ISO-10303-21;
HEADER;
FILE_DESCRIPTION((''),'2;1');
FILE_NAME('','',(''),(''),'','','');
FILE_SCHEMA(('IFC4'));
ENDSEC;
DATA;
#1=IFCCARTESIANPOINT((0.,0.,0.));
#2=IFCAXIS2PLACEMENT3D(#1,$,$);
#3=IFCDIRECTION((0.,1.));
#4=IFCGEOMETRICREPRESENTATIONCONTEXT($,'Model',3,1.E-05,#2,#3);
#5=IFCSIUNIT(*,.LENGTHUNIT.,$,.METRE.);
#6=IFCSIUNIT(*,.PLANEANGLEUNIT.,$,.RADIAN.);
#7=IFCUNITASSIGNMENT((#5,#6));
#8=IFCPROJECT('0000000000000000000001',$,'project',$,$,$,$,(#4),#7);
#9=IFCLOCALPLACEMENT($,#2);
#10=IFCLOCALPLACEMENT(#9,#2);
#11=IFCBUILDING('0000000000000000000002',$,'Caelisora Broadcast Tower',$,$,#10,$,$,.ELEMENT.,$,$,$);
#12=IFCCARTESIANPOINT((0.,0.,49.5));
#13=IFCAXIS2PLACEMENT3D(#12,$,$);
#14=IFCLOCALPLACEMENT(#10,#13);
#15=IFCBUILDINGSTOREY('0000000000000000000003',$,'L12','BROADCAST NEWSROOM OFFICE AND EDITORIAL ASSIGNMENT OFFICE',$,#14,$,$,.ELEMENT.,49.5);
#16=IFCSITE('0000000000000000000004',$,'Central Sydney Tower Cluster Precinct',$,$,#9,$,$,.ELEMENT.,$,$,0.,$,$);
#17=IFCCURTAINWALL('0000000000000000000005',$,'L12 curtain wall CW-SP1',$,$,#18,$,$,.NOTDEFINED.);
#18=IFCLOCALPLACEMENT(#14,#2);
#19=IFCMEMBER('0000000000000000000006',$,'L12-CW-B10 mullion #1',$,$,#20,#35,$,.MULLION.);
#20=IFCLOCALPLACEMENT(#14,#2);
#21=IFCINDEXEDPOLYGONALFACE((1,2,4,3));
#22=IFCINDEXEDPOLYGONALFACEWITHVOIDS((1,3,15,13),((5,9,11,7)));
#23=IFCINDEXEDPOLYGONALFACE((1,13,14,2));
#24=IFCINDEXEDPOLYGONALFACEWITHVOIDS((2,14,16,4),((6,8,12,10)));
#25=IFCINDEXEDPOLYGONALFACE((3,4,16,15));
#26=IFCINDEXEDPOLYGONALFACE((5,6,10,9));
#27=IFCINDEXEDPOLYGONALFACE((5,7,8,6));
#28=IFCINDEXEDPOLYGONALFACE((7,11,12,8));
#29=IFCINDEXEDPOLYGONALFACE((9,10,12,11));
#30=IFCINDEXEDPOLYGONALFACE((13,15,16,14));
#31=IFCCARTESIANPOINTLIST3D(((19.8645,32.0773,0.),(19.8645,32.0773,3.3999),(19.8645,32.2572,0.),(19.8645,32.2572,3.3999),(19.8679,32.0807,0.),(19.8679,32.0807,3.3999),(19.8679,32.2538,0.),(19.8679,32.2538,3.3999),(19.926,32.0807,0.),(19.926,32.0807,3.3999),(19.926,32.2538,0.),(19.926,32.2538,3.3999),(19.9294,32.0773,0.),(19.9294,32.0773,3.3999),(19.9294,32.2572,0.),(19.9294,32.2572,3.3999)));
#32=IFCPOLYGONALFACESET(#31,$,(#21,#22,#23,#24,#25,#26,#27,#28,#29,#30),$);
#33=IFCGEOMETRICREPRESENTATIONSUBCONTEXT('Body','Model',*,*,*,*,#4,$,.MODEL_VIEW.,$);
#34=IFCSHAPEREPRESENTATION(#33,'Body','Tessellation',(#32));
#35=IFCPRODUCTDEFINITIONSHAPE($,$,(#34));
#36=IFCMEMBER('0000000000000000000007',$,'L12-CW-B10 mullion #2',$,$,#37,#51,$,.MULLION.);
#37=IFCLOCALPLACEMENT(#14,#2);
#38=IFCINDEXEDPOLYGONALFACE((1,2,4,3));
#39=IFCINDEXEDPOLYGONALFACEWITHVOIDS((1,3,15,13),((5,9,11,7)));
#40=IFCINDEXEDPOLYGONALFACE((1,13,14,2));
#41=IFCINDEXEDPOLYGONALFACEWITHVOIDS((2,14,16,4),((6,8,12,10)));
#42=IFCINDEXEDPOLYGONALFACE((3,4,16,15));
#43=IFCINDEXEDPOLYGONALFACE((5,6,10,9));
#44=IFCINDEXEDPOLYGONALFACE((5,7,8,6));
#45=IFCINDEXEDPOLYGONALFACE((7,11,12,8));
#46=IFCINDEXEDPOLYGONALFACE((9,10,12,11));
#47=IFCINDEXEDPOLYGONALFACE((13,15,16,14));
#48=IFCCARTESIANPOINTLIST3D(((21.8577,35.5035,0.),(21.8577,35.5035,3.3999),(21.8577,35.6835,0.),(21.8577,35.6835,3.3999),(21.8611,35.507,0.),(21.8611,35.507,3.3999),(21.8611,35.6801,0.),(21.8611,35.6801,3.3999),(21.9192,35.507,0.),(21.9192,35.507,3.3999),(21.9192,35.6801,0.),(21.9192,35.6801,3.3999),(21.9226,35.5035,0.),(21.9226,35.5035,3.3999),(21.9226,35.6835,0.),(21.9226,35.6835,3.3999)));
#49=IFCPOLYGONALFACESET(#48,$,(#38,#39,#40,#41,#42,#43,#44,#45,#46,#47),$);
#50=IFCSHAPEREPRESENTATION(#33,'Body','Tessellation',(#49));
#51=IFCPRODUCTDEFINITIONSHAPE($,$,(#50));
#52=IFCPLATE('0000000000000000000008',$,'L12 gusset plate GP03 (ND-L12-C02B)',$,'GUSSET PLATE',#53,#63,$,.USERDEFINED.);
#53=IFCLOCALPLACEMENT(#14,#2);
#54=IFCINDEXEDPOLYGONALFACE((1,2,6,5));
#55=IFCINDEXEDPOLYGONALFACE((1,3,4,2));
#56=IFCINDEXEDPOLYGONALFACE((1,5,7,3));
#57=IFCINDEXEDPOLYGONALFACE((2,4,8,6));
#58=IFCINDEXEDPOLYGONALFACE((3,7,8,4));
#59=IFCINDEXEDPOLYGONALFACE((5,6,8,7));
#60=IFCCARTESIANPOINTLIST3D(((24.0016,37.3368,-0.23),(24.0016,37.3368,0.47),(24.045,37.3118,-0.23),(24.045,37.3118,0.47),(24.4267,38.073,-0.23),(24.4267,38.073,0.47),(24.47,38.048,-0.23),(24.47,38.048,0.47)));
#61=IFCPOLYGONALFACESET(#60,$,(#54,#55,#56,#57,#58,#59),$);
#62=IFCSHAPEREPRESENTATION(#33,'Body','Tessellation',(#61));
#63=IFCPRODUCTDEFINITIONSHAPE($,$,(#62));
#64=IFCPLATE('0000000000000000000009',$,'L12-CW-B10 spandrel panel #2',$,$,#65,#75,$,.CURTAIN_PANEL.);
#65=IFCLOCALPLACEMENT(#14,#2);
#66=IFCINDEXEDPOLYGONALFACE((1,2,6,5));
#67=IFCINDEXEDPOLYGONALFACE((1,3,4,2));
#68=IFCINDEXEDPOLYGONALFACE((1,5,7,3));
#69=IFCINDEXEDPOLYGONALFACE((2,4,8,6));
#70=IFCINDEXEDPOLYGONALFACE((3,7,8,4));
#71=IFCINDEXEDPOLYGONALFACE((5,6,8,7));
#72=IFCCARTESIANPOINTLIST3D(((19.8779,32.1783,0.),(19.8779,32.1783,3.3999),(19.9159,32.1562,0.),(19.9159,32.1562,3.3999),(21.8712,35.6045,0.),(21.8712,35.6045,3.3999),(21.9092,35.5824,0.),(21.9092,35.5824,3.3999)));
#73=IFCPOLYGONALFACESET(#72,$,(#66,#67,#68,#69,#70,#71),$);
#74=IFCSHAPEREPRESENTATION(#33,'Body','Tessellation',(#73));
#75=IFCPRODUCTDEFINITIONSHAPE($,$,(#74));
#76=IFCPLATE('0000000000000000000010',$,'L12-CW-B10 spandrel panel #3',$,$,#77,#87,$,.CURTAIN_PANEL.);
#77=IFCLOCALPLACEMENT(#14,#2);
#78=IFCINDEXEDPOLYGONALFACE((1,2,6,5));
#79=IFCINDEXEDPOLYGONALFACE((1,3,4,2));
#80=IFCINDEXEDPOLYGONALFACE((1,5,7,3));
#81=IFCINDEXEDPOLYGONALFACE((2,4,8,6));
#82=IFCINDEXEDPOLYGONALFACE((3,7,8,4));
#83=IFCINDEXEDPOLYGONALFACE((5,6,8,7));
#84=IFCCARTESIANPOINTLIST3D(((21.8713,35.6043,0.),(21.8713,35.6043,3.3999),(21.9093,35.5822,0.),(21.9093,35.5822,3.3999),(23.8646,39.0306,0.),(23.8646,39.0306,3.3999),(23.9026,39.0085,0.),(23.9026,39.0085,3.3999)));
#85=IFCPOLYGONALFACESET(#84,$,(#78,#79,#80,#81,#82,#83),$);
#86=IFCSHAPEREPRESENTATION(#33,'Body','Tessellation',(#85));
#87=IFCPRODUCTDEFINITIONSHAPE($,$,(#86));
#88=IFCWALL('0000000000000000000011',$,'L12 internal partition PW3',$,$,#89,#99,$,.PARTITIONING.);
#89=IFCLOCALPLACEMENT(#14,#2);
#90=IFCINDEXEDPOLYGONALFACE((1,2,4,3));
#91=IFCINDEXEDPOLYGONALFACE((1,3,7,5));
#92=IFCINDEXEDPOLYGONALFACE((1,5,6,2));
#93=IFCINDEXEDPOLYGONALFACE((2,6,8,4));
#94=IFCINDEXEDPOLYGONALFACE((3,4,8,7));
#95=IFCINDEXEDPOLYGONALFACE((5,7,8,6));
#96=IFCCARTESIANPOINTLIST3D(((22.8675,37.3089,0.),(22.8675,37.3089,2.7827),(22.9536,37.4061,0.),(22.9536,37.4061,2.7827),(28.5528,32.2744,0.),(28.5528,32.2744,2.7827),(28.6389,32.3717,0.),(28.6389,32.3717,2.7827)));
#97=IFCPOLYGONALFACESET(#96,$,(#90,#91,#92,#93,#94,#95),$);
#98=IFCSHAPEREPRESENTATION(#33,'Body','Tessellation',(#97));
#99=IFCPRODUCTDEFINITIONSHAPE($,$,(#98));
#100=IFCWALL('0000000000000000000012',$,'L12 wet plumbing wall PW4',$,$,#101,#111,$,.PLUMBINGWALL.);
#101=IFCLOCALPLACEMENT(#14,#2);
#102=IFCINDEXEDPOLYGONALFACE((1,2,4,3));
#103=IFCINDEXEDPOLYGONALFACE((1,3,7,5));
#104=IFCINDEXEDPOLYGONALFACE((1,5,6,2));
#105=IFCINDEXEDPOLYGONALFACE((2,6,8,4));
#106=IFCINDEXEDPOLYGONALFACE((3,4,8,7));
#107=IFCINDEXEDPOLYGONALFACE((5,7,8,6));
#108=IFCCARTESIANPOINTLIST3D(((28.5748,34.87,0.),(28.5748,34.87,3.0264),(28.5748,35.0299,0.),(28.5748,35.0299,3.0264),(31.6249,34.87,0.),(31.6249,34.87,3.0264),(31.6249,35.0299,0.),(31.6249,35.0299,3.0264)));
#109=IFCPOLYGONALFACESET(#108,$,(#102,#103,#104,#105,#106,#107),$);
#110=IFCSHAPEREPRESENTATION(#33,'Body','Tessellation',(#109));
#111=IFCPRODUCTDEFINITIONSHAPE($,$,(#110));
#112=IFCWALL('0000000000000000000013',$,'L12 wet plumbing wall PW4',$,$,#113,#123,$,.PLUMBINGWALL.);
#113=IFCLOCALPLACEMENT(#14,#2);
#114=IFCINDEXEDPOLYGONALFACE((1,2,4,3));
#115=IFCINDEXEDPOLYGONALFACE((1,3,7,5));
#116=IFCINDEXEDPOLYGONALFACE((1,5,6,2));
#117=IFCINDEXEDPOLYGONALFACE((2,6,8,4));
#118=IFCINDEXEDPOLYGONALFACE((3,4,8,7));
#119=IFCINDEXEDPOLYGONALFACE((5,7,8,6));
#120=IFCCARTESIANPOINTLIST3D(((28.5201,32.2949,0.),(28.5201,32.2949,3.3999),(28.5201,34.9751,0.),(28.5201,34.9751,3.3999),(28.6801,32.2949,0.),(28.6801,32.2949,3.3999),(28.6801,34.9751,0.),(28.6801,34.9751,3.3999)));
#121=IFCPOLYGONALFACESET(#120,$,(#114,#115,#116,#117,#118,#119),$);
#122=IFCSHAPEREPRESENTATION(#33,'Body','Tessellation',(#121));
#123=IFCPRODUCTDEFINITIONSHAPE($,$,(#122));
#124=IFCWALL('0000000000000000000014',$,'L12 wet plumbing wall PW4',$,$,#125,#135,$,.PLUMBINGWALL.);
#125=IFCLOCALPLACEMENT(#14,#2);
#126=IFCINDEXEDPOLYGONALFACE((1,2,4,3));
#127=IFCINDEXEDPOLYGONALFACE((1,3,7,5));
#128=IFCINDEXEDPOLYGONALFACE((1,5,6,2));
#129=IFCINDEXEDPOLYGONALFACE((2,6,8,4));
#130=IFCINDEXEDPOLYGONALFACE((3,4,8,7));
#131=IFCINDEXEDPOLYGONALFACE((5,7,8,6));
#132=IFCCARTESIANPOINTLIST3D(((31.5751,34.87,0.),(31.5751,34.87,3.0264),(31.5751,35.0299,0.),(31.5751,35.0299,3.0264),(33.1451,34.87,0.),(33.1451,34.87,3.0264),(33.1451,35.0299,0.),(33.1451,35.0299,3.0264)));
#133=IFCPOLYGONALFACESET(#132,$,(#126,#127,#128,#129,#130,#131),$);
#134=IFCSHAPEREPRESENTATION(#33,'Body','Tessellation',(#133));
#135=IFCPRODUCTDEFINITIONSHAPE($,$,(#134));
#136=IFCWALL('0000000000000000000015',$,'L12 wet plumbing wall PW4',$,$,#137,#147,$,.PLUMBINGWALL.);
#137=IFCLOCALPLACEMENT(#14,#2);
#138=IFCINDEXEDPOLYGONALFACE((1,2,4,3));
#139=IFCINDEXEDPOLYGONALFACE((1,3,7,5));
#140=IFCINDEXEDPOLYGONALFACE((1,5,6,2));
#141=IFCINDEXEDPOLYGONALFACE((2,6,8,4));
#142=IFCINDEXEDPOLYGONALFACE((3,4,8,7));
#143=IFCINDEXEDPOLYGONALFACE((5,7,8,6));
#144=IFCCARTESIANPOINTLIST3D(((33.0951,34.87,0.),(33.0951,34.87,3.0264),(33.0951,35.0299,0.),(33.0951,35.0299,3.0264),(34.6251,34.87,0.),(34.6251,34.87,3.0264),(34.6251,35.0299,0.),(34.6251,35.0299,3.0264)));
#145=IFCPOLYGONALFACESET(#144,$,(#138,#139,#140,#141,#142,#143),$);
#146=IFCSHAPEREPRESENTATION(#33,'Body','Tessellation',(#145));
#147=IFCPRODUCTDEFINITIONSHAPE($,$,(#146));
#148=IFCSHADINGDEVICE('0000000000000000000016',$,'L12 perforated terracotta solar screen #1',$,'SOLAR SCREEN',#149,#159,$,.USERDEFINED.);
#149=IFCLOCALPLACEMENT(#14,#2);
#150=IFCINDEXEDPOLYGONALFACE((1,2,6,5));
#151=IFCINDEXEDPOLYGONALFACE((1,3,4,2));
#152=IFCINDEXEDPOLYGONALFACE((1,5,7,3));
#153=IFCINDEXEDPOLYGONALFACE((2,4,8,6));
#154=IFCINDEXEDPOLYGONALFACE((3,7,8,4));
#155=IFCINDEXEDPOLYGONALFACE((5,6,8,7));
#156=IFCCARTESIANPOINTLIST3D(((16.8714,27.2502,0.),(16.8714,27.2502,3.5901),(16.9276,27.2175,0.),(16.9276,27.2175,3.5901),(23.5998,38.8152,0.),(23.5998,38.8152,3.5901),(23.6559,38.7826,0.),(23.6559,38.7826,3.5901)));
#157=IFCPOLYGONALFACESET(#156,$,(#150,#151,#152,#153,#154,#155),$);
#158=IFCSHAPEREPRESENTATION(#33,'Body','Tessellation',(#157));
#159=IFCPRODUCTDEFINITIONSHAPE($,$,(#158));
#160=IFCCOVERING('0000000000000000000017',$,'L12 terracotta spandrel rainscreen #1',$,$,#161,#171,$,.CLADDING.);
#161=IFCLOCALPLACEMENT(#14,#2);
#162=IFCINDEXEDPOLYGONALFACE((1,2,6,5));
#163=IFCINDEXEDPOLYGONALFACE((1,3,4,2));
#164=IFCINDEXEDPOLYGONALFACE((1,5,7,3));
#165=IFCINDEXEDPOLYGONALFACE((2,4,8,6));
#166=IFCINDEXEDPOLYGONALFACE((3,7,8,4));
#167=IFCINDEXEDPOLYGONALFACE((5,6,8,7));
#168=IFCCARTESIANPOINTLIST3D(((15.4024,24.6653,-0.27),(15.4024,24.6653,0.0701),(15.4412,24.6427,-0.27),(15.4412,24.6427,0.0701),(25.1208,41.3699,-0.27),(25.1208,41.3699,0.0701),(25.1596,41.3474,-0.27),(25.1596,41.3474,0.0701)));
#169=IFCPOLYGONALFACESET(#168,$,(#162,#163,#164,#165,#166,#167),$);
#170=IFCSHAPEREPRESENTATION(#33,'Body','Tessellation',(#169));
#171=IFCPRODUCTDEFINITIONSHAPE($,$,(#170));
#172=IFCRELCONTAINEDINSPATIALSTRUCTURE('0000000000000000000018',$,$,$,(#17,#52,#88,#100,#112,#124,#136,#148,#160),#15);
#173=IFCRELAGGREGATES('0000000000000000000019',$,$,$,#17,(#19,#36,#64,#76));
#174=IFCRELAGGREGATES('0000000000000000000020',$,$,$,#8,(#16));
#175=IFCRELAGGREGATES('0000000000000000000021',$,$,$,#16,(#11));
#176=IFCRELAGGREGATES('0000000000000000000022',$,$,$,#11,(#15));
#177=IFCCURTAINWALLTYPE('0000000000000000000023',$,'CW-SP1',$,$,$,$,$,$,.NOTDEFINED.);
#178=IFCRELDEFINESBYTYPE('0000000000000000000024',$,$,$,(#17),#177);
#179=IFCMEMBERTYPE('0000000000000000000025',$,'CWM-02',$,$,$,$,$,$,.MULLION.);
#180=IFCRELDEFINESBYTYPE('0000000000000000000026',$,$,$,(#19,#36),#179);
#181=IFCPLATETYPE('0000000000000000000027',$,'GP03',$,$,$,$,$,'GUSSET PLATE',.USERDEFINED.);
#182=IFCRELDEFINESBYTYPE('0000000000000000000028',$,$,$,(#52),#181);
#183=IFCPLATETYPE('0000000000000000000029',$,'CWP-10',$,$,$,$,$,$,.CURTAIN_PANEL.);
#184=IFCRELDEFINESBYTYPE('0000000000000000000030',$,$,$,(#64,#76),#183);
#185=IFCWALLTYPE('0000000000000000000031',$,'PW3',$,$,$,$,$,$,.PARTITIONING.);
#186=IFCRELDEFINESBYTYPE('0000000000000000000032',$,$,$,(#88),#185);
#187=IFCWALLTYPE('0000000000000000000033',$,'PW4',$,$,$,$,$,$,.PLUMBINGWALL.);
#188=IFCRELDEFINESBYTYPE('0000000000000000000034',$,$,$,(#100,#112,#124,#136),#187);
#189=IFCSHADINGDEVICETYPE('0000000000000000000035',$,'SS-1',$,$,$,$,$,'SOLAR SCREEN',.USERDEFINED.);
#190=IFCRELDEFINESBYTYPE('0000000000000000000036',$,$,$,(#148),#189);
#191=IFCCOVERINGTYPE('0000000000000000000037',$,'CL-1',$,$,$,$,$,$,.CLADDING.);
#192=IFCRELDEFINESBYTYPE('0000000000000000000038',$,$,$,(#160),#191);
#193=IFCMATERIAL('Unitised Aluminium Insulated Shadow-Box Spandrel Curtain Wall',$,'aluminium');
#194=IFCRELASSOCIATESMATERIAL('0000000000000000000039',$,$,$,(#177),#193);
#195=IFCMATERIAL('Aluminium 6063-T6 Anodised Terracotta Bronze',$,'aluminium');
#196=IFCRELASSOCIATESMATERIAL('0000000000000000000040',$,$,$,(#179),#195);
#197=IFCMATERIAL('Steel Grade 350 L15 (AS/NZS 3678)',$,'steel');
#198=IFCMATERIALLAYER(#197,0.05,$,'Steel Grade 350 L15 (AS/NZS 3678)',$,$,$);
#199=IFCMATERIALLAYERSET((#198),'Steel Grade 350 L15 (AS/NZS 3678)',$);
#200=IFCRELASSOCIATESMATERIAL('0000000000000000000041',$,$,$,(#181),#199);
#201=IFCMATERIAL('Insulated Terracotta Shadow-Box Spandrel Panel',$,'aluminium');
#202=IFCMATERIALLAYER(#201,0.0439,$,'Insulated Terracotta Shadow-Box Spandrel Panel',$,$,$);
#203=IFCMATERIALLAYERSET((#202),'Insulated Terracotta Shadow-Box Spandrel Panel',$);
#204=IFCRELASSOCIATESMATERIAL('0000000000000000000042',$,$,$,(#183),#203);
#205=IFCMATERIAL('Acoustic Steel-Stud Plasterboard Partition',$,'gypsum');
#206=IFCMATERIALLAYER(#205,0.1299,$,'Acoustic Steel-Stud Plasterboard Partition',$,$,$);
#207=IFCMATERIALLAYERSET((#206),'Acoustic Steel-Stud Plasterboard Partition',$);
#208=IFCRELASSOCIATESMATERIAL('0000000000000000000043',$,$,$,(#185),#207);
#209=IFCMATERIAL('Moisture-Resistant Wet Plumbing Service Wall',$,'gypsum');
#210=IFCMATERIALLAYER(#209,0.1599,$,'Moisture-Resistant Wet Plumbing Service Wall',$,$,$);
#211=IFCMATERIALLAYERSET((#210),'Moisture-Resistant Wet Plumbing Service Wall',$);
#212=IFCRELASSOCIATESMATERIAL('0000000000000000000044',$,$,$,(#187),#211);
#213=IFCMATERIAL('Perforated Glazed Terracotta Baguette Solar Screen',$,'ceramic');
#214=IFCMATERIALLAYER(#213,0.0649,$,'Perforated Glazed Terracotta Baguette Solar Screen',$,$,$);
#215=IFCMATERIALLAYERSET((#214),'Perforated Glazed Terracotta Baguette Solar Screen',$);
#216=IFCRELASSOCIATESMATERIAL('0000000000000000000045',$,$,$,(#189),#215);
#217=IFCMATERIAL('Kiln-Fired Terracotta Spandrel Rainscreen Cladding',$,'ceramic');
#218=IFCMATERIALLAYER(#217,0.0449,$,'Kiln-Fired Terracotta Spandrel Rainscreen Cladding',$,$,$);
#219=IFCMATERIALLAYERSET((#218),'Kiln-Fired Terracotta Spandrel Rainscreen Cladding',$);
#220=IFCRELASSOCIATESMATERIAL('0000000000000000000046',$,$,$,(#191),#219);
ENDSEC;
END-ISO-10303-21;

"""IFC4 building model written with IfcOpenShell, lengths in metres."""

from ifc_helpers import new_model, si_unit, direction, frame, frame_2d, origin, origin_2d, place, context, subcontext, project, spatial, rectangle, hollow_rectangle, extrude, source, transform, mapped, material, layer, layer_set, material_profile, profile_set, type_object, type_shapes, element, aggregate, save


model = new_model("IFC4")

# Units and contexts
model_context = context("Model", 3, precision=1e-05, world=origin(), true_north=direction((0.0, 1.0)))
body_context = subcontext(model_context, "Body", "Model", "MODEL_VIEW")
ifc_project = project(units=[si_unit("LENGTHUNIT", "METRE"), si_unit("PLANEANGLEUNIT", "RADIAN")], contexts=[model_context])

# Site, building, storey
site_placement = place(None, origin())
site = spatial("IfcSite", under=ifc_project, at=site_placement, Name="Central Sydney Tower Cluster Precinct", CompositionType="ELEMENT", RefElevation=0.0)
building_placement = place(site_placement, origin())
building = spatial("IfcBuilding", under=site, at=building_placement, Name="Caelisora Broadcast Tower", CompositionType="ELEMENT")
storey_placement = place(building_placement, frame((0.0, 0.0, 49.5)))
storey = spatial("IfcBuildingStorey", under=building, at=storey_placement, Name="L12", Description="BROADCAST NEWSROOM OFFICE AND EDITORIAL ASSIGNMENT OFFICE", CompositionType="ELEMENT", Elevation=49.5)

# Shared definitions
ifc_material_1 = material(Name="Steel Grade 350 L15 (AS/NZS 3678)", Category="steel")

# Curtain wall, members
ifc_material_2 = material(Name="Unitised Aluminium Insulated Shadow-Box Spandrel Curtain Wall", Category="aluminium")
curtain_wall_type = type_object("IfcCurtainWallType", Name="CW-SP1", PredefinedType="NOTDEFINED", material=ifc_material_2)
curtain_wall_placement = place(storey_placement, origin())
curtain_wall = element("IfcCurtainWall", 1, at=curtain_wall_placement, inside=storey, type_object=curtain_wall_type, Name="L12 curtain wall CW-SP1", PredefinedType="NOTDEFINED")
ifc_material_3 = material(Name="Aluminium 6063-T6 Anodised Terracotta Bronze", Category="aluminium")
ifc_material_profile_1 = material_profile(ifc_material_3, hollow_rectangle(XDim=0.0649, YDim=0.1799, WallThickness=0.0034, at=origin_2d()), Name="Aluminium 6063-T6 Anodised Terracotta Bronze")
ifc_profile_set_1 = profile_set([ifc_material_profile_1], Name="Aluminium 6063-T6 Anodised Terracotta Bronze")
member_type_1 = type_object("IfcMemberType", Name="CWM-02", PredefinedType="MULLION", material=ifc_profile_set_1)
shared_shape_1 = source(origin(), body_context, "Body", "SweptSolid", [
    extrude(hollow_rectangle(XDim=0.0649, YDim=0.1799, WallThickness=0.0034, at=origin_2d()), origin(), (0.0, 0.0, 1.0), 3.3999),
])
type_shapes(member_type_1, [shared_shape_1])
member_1_placement = place(storey_placement, frame((19.897, 32.1672, 0.0), z_axis=(0.0, 0.0, 1.0), x_axis=(1.0, 0.0, 0.0)))
member_1 = element("IfcMember", 2, at=member_1_placement, type_object=member_type_1, Name="L12-CW-B10 mullion #1", PredefinedType="MULLION", context=body_context, shape_type="MappedRepresentation", body=[
    mapped(shared_shape_1, transform((0.0, 0.0, 0.0), scale=1.0)),
])
member_2_placement = place(storey_placement, frame((21.8901, 35.5935, 0.0), z_axis=(0.0, 0.0, 1.0), x_axis=(1.0, 0.0, 0.0)))
member_2 = element("IfcMember", 3, at=member_2_placement, type_object=member_type_1, Name="L12-CW-B10 mullion #2", PredefinedType="MULLION", context=body_context, shape_type="MappedRepresentation", body=[
    mapped(shared_shape_1, transform((0.0, 0.0, 0.0), scale=1.0)),
])

# Plates
ifc_layer_1 = layer(ifc_material_1, 0.05, Name="Steel Grade 350 L15 (AS/NZS 3678)")
ifc_layer_set_1 = layer_set([ifc_layer_1], Name="Steel Grade 350 L15 (AS/NZS 3678)")
plate_type_1 = type_object("IfcPlateType", Name="GP03", ElementType="GUSSET PLATE", PredefinedType="USERDEFINED", material=ifc_layer_set_1)
shared_shape_2 = source(origin(), body_context, "Body", "SweptSolid", [
    extrude(rectangle(XDim=0.8501, YDim=0.05, at=origin_2d()), origin(), (0.0, 0.0, 1.0), 0.7),
])
type_shapes(plate_type_1, [shared_shape_2])
plate_1_placement = place(storey_placement, frame((24.2358, 37.6924, -0.23), z_axis=(0.0, 0.0, 1.0), x_axis=(-0.5, -0.866025, 0.0)))
element("IfcPlate", 4, at=plate_1_placement, inside=storey, type_object=plate_type_1, Name="L12 gusset plate GP03 (ND-L12-C02B)", ObjectType="GUSSET PLATE", PredefinedType="USERDEFINED", context=body_context, shape_type="MappedRepresentation", body=[
    mapped(shared_shape_2, transform((0.0, 0.0, 0.0), scale=1.0)),
])
ifc_material_4 = material(Name="Insulated Terracotta Shadow-Box Spandrel Panel", Category="aluminium")
ifc_layer_2 = layer(ifc_material_4, 0.0439, Name="Insulated Terracotta Shadow-Box Spandrel Panel")
ifc_layer_set_2 = layer_set([ifc_layer_2], Name="Insulated Terracotta Shadow-Box Spandrel Panel")
plate_type_2 = type_object("IfcPlateType", Name="CWP-10", PredefinedType="CURTAIN_PANEL", material=ifc_layer_set_2)
shared_shape_3 = source(origin(), body_context, "Body", "SweptSolid", [
    extrude(rectangle(XDim=3.9639, YDim=0.0439, at=origin_2d()), origin(), (0.0, 0.0, 1.0), 3.3999),
])
type_shapes(plate_type_2, [shared_shape_3])
plate_2_placement = place(storey_placement, frame((20.8936, 33.8804, 0.0), z_axis=(0.0, 0.0, 1.0), x_axis=(0.502869, 0.864363, 0.0)))
plate_2 = element("IfcPlate", 5, at=plate_2_placement, type_object=plate_type_2, Name="L12-CW-B10 spandrel panel #2", PredefinedType="CURTAIN_PANEL", context=body_context, shape_type="MappedRepresentation", body=[
    mapped(shared_shape_3, transform((0.0, 0.0, 0.0), scale=1.0)),
])
plate_3_placement = place(storey_placement, frame((22.887, 37.3064, 0.0), z_axis=(0.0, 0.0, 1.0), x_axis=(0.502869, 0.864363, 0.0)))
plate_3 = element("IfcPlate", 6, at=plate_3_placement, type_object=plate_type_2, Name="L12-CW-B10 spandrel panel #3", PredefinedType="CURTAIN_PANEL", context=body_context, shape_type="MappedRepresentation", body=[
    mapped(shared_shape_3, transform((0.0, 0.0, 0.0), scale=1.0)),
])
aggregate(curtain_wall, [member_1, member_2, plate_2, plate_3])

# Walls
ifc_material_5 = material(Name="Acoustic Steel-Stud Plasterboard Partition", Category="gypsum")
ifc_layer_3 = layer(ifc_material_5, 0.1299, Name="Acoustic Steel-Stud Plasterboard Partition")
ifc_layer_set_3 = layer_set([ifc_layer_3], Name="Acoustic Steel-Stud Plasterboard Partition")
wall_type_1 = type_object("IfcWallType", Name="PW3", PredefinedType="PARTITIONING", material=ifc_layer_set_3)
wall_1_placement = place(storey_placement, frame((22.9106, 37.3574, 0.0), z_axis=(0.0, 0.0, 1.0), x_axis=(0.748662, -0.662952, 0.0)))
element("IfcWall", 7, at=wall_1_placement, inside=storey, type_object=wall_type_1, Name="L12 internal partition PW3", PredefinedType="PARTITIONING", context=body_context, shape_type="SweptSolid", body=[
    extrude(rectangle(XDim=7.594, YDim=0.1299, at=frame_2d((3.7969, 0.0))), origin(), (0.0, 0.0, 1.0), 2.7827),
])
ifc_material_6 = material(Name="Moisture-Resistant Wet Plumbing Service Wall", Category="gypsum")
ifc_layer_4 = layer(ifc_material_6, 0.1599, Name="Moisture-Resistant Wet Plumbing Service Wall")
ifc_layer_set_4 = layer_set([ifc_layer_4], Name="Moisture-Resistant Wet Plumbing Service Wall")
wall_type_2 = type_object("IfcWallType", Name="PW4", PredefinedType="PLUMBINGWALL", material=ifc_layer_set_4)
wall_2_placement = place(storey_placement, frame((28.575, 34.95, 0.0), z_axis=(0.0, 0.0, 1.0), x_axis=(1.0, 0.0, 0.0)))
element("IfcWall", 8, at=wall_2_placement, inside=storey, type_object=wall_type_2, Name="L12 wet plumbing wall PW4", PredefinedType="PLUMBINGWALL", context=body_context, shape_type="SweptSolid", body=[
    extrude(rectangle(XDim=3.05, YDim=0.1599, at=frame_2d((1.5249, 0.0))), origin(), (0.0, 0.0, 1.0), 3.0264),
])
wall_3_placement = place(storey_placement, frame((28.6001, 32.2949, 0.0), z_axis=(0.0, 0.0, 1.0), x_axis=(0.0, 1.0, 0.0)))
element("IfcWall", 9, at=wall_3_placement, inside=storey, type_object=wall_type_2, Name="L12 wet plumbing wall PW4", PredefinedType="PLUMBINGWALL", context=body_context, shape_type="SweptSolid", body=[
    extrude(rectangle(XDim=2.6802, YDim=0.1599, at=frame_2d((1.3401, 0.0))), origin(), (0.0, 0.0, 1.0), 3.3999),
])
wall_4_placement = place(storey_placement, frame((31.575, 34.95, 0.0), z_axis=(0.0, 0.0, 1.0), x_axis=(1.0, 0.0, 0.0)))
element("IfcWall", 10, at=wall_4_placement, inside=storey, type_object=wall_type_2, Name="L12 wet plumbing wall PW4", PredefinedType="PLUMBINGWALL", context=body_context, shape_type="SweptSolid", body=[
    extrude(rectangle(XDim=1.5701, YDim=0.1599, at=frame_2d((0.7852, 0.0))), origin(), (0.0, 0.0, 1.0), 3.0264),
])
wall_5_placement = place(storey_placement, frame((33.095, 34.95, 0.0), z_axis=(0.0, 0.0, 1.0), x_axis=(1.0, 0.0, 0.0)))
element("IfcWall", 11, at=wall_5_placement, inside=storey, type_object=wall_type_2, Name="L12 wet plumbing wall PW4", PredefinedType="PLUMBINGWALL", context=body_context, shape_type="SweptSolid", body=[
    extrude(rectangle(XDim=1.53, YDim=0.1599, at=frame_2d((0.7651, 0.0))), origin(), (0.0, 0.0, 1.0), 3.0264),
])

# Shading device
ifc_material_7 = material(Name="Perforated Glazed Terracotta Baguette Solar Screen", Category="ceramic")
ifc_layer_5 = layer(ifc_material_7, 0.0649, Name="Perforated Glazed Terracotta Baguette Solar Screen")
ifc_layer_set_5 = layer_set([ifc_layer_5], Name="Perforated Glazed Terracotta Baguette Solar Screen")
shading_device_type = type_object("IfcShadingDeviceType", Name="SS-1", ElementType="SOLAR SCREEN", PredefinedType="USERDEFINED", material=ifc_layer_set_5)
shared_shape_4 = source(origin(), body_context, "Body", "SweptSolid", [
    extrude(rectangle(XDim=13.3799, YDim=0.0649, at=origin_2d()), origin(), (0.0, 0.0, 1.0), 3.5901),
])
type_shapes(shading_device_type, [shared_shape_4])
shading_device_placement = place(storey_placement, frame((20.2637, 33.0164, 0.0), z_axis=(0.0, 0.0, 1.0), x_axis=(-0.502869, -0.864363, 0.0)))
element("IfcShadingDevice", 12, at=shading_device_placement, inside=storey, type_object=shading_device_type, Name="L12 perforated terracotta solar screen #1", ObjectType="SOLAR SCREEN", PredefinedType="USERDEFINED", context=body_context, shape_type="MappedRepresentation", body=[
    mapped(shared_shape_4, transform((0.0, 0.0, 0.0), scale=1.0)),
])

# Covering
ifc_material_8 = material(Name="Kiln-Fired Terracotta Spandrel Rainscreen Cladding", Category="ceramic")
ifc_layer_6 = layer(ifc_material_8, 0.0449, Name="Kiln-Fired Terracotta Spandrel Rainscreen Cladding")
ifc_layer_set_6 = layer_set([ifc_layer_6], Name="Kiln-Fired Terracotta Spandrel Rainscreen Cladding")
covering_type = type_object("IfcCoveringType", Name="CL-1", PredefinedType="CLADDING", material=ifc_layer_set_6)
shared_shape_5 = source(origin(), body_context, "Body", "SweptSolid", [
    extrude(rectangle(XDim=19.3259, YDim=0.0449, at=origin_2d()), origin(), (0.0, 0.0, 1.0), 0.3401),
])
type_shapes(covering_type, [shared_shape_5])
covering_placement = place(storey_placement, frame((20.281, 33.0063, -0.27), z_axis=(0.0, 0.0, 1.0), x_axis=(-0.502869, -0.864363, 0.0)))
element("IfcCovering", 13, at=covering_placement, inside=storey, type_object=covering_type, Name="L12 terracotta spandrel rainscreen #1", PredefinedType="CLADDING", context=body_context, shape_type="MappedRepresentation", body=[
    mapped(shared_shape_5, transform((0.0, 0.0, 0.0), scale=1.0)),
])

save(model, "model.ifc")
